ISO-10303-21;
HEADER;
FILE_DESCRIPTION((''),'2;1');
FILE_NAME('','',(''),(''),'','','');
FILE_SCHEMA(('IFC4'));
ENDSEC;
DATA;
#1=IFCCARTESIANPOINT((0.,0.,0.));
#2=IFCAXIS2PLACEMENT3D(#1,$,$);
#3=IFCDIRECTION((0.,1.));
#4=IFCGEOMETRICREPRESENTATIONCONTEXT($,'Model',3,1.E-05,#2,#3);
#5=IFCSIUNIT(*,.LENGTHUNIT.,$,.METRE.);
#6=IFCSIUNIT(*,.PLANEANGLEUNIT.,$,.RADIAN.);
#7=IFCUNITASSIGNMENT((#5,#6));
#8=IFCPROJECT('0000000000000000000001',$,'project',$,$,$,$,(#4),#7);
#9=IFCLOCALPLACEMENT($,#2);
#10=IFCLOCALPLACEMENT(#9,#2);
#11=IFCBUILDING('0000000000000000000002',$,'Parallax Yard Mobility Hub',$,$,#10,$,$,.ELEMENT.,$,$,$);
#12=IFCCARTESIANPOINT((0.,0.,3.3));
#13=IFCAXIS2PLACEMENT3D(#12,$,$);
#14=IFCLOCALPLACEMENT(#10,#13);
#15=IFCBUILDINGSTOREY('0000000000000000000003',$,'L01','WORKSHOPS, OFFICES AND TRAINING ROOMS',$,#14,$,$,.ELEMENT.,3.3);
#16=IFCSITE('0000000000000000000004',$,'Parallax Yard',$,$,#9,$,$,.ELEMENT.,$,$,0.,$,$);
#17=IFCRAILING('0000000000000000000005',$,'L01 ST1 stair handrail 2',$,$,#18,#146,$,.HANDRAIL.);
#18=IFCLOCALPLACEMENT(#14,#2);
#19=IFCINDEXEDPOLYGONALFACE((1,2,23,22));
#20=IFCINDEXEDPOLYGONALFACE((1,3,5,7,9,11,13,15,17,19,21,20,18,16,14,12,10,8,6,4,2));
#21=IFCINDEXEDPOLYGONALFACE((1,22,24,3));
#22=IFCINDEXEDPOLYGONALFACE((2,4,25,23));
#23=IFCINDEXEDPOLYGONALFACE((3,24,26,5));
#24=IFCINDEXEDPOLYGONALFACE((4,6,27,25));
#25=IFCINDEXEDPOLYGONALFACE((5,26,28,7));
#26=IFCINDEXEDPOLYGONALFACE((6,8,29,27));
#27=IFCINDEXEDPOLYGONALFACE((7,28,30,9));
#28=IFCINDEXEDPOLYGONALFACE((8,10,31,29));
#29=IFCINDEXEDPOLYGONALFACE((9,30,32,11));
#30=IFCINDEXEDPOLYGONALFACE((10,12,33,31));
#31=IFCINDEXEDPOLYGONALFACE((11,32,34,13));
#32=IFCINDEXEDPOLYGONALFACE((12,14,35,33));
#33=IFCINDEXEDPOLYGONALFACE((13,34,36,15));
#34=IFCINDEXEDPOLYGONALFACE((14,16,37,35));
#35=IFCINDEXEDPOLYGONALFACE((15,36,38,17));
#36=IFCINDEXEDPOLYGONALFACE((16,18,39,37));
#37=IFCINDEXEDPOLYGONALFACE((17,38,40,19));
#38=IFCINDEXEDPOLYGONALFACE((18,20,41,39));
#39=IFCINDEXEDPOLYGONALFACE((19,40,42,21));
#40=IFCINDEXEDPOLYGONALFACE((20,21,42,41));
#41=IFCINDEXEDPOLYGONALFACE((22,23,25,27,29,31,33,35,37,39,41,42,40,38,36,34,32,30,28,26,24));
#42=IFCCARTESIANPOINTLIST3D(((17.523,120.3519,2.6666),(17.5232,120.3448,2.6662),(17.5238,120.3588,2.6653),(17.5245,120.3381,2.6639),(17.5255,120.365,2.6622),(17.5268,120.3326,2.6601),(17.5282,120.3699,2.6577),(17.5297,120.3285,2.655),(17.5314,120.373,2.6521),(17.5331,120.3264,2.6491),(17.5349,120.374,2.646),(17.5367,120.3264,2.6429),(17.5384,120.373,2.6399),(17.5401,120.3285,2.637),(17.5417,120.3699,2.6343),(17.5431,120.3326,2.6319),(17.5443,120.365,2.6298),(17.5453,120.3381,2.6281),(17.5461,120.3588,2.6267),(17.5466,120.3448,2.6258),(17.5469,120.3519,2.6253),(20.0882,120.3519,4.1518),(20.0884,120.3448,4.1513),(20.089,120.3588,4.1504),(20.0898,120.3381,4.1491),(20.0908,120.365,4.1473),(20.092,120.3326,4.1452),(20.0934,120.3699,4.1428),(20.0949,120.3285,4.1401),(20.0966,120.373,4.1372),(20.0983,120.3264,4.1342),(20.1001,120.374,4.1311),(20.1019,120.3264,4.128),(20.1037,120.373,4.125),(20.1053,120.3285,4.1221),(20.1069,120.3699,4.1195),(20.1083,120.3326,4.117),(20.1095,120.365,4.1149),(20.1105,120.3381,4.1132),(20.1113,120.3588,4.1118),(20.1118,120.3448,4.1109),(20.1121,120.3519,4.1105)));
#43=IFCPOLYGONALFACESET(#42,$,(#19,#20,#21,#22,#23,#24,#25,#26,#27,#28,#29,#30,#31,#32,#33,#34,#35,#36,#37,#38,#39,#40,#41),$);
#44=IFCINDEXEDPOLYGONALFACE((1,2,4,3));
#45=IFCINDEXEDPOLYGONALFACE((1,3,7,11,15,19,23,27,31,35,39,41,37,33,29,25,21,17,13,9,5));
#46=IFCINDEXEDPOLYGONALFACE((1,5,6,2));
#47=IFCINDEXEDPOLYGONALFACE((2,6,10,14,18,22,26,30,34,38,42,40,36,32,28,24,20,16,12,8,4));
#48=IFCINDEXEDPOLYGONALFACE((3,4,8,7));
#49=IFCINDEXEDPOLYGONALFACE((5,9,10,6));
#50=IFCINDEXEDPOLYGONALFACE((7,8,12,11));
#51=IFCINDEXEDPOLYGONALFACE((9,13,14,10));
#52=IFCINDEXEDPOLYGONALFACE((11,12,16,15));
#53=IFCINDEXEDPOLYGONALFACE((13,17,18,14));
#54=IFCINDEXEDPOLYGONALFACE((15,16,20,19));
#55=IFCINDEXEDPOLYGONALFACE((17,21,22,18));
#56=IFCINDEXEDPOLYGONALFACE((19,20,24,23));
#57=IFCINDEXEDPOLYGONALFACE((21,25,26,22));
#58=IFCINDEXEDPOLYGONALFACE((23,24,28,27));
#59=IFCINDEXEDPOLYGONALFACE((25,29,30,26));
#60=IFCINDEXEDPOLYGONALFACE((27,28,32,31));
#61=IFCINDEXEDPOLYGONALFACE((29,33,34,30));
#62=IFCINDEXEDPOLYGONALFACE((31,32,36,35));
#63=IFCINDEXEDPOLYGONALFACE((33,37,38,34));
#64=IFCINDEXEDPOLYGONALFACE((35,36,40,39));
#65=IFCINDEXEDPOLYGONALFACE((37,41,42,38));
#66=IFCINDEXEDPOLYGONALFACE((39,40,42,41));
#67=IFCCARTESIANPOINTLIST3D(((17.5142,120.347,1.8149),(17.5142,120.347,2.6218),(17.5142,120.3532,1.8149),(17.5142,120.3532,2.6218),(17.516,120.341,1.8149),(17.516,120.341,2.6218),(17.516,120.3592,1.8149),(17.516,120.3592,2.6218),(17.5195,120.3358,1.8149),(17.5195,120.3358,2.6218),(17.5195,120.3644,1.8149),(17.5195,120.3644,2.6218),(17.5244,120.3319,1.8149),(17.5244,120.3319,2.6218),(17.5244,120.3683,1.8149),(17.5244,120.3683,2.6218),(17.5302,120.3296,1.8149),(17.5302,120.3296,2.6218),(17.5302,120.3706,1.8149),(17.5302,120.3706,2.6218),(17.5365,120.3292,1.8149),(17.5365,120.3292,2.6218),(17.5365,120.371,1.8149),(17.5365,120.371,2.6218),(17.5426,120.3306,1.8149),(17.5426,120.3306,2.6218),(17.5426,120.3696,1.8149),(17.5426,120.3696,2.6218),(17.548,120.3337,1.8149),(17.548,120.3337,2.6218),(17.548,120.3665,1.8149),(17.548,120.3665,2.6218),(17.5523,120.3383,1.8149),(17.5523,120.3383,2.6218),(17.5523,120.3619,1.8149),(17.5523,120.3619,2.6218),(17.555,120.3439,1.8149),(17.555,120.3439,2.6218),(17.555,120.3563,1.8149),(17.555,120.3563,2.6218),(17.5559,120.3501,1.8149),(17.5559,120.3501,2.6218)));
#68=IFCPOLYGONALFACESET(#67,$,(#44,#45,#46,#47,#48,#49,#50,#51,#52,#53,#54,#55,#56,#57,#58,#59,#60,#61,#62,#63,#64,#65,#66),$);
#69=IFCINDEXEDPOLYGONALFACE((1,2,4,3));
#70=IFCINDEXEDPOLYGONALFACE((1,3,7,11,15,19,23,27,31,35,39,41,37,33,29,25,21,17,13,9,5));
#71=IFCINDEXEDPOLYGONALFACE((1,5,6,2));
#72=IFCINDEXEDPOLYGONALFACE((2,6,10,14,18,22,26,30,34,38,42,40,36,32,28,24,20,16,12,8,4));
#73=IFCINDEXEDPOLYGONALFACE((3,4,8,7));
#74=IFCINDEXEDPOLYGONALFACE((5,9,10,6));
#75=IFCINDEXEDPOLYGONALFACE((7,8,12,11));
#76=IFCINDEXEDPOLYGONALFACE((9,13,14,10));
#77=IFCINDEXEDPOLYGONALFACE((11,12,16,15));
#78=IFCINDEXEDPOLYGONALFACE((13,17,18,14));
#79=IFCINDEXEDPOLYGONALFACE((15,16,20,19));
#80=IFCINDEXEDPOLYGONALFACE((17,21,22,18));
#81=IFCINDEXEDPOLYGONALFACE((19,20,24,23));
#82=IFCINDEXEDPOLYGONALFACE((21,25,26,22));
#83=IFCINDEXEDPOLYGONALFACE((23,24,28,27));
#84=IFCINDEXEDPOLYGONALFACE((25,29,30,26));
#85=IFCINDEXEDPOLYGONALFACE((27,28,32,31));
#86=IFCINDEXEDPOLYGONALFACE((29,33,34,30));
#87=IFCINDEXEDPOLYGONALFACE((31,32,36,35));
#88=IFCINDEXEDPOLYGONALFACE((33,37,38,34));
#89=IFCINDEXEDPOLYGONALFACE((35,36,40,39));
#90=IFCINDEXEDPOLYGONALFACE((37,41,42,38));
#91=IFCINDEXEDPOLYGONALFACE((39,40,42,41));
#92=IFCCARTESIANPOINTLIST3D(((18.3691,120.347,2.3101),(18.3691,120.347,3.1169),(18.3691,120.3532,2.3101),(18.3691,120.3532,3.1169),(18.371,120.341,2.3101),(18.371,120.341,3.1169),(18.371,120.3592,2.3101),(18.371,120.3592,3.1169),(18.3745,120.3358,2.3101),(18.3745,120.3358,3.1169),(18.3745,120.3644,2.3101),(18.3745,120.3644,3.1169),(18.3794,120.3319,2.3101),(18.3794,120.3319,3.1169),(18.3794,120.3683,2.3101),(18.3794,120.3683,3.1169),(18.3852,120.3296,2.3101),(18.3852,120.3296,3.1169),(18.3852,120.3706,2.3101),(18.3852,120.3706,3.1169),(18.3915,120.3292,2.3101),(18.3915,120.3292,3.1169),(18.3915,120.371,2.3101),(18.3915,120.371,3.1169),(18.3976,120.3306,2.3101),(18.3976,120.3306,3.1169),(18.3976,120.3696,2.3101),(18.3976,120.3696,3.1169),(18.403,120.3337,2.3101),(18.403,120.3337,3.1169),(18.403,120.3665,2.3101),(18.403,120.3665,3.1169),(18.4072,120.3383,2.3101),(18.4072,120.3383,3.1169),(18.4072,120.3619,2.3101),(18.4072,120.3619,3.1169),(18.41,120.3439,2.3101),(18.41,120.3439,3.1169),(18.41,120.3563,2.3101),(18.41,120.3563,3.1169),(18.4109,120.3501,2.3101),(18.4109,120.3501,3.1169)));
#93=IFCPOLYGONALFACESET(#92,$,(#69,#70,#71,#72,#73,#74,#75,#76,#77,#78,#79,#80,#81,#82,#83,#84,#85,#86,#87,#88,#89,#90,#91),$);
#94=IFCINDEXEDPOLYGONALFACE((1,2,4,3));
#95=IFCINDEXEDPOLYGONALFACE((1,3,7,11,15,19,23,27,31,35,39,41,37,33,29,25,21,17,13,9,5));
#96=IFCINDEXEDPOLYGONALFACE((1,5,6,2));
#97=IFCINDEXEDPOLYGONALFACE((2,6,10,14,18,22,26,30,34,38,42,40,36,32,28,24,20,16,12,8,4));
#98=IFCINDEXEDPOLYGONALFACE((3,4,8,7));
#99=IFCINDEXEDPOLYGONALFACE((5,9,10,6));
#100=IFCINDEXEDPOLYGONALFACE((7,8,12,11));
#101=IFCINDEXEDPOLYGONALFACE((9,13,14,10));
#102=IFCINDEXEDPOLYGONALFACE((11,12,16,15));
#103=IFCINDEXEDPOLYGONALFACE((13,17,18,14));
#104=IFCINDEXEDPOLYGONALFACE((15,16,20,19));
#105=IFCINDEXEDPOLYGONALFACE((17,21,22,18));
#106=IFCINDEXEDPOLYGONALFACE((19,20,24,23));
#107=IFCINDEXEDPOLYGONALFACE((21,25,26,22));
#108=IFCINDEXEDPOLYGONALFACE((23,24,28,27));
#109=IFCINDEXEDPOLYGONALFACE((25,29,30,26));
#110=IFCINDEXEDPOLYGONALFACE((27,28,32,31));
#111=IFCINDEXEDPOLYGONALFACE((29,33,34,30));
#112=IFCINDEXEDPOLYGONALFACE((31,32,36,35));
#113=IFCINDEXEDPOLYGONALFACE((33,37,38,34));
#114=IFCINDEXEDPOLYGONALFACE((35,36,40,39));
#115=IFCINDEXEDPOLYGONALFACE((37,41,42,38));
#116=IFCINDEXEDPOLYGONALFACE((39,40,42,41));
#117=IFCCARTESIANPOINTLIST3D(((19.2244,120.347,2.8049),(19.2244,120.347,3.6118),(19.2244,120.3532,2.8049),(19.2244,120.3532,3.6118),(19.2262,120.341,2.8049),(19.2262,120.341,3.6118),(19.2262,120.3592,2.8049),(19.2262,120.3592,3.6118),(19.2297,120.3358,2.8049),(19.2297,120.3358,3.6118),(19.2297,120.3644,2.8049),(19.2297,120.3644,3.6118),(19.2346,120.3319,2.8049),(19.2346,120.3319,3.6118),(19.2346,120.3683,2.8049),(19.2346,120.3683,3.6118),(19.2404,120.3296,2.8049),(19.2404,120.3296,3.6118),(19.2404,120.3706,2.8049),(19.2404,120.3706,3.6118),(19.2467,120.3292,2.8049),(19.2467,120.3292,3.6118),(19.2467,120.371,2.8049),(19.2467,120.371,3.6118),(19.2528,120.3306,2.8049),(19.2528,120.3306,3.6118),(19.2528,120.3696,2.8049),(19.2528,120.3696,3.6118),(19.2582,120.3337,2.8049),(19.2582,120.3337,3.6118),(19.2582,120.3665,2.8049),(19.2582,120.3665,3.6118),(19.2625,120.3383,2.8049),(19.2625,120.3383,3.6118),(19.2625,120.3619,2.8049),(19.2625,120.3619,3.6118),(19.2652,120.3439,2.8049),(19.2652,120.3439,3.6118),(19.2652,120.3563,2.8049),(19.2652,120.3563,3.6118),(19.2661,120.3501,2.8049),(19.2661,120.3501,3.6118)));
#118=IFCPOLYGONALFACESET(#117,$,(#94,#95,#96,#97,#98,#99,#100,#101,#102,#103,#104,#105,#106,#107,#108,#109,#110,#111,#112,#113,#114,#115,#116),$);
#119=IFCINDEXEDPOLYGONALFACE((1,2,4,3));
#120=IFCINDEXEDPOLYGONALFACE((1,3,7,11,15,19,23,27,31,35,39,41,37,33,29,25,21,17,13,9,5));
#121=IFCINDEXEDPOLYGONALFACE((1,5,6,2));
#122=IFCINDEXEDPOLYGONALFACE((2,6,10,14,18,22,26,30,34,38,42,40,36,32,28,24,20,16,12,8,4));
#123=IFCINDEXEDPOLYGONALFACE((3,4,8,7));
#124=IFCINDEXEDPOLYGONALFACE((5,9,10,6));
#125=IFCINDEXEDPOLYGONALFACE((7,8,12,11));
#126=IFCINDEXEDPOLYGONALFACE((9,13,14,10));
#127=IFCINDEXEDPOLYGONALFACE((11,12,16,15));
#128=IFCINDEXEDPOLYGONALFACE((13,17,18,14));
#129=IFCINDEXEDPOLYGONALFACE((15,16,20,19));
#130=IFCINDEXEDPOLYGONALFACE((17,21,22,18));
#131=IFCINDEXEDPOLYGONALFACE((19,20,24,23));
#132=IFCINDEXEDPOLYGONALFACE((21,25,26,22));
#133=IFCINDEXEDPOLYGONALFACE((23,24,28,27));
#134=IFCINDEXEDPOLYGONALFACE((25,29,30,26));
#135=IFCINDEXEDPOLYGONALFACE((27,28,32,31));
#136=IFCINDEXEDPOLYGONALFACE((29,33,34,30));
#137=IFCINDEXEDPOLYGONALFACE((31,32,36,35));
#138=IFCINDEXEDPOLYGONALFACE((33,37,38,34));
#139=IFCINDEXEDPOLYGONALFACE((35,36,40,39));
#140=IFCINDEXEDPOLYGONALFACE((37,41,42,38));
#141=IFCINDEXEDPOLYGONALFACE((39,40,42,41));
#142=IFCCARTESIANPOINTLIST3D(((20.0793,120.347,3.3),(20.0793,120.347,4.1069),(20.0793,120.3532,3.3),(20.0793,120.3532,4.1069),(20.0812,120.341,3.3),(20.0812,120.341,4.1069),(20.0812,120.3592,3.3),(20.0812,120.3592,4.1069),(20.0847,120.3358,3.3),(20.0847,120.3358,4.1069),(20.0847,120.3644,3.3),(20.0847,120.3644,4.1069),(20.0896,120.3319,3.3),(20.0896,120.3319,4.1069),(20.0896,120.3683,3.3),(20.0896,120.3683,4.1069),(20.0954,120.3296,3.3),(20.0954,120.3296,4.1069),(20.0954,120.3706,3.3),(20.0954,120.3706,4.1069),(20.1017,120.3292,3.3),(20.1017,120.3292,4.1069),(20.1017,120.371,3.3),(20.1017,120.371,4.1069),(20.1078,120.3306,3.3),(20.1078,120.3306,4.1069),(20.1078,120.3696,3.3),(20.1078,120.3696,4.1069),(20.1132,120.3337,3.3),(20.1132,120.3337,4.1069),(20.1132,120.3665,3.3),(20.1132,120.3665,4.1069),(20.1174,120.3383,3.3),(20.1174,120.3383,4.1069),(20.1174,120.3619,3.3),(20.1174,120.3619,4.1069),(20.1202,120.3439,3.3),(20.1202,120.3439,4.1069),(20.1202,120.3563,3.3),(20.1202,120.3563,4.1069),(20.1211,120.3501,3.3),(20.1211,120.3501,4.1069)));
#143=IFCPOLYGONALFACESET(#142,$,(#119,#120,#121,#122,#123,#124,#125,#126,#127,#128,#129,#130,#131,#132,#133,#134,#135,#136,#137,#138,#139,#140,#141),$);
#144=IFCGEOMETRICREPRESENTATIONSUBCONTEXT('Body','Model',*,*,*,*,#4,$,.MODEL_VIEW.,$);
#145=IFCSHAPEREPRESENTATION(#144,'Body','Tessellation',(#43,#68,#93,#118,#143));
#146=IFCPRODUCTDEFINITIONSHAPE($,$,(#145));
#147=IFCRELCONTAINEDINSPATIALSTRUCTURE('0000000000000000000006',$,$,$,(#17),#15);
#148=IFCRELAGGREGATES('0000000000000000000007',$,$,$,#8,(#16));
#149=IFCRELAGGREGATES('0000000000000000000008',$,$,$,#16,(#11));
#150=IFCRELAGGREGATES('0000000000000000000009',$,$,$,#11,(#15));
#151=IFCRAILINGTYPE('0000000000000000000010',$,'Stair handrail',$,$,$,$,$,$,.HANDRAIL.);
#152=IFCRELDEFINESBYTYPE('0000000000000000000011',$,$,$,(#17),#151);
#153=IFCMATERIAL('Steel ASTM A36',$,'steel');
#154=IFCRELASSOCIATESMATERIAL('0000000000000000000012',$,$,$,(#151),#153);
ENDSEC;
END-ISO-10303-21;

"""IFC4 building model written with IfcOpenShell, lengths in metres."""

from ifc_helpers import new_model, si_unit, direction, frame, origin, origin_2d, place, context, subcontext, project, spatial, circle, extrude, material, type_object, element, save


model = new_model("IFC4")

# Units and contexts
model_context = context("Model", 3, precision=1e-05, world=origin(), true_north=direction((0.0, 1.0)))
body_context = subcontext(model_context, "Body", "Model", "MODEL_VIEW")
ifc_project = project(units=[si_unit("LENGTHUNIT", "METRE"), si_unit("PLANEANGLEUNIT", "RADIAN")], contexts=[model_context])

# Site, building, storey
site_placement = place(None, origin())
site = spatial("IfcSite", under=ifc_project, at=site_placement, Name="Parallax Yard", CompositionType="ELEMENT", RefElevation=0.0)
building_placement = place(site_placement, origin())
building = spatial("IfcBuilding", under=site, at=building_placement, Name="Parallax Yard Mobility Hub", CompositionType="ELEMENT")
storey_placement = place(building_placement, frame((0.0, 0.0, 3.3)))
storey = spatial("IfcBuildingStorey", under=building, at=storey_placement, Name="L01", Description="WORKSHOPS, OFFICES AND TRAINING ROOMS", CompositionType="ELEMENT", Elevation=3.3)

# Railing
ifc_material_1 = material(Name="Steel ASTM A36", Category="steel")
railing_type_1 = type_object("IfcRailingType", Name="Stair handrail", PredefinedType="HANDRAIL", material=ifc_material_1)
railing_1_placement = place(storey_placement, frame((17.5349, 120.3501, 1.8149)))
element("IfcRailing", 1, at=railing_1_placement, inside=storey, type_object=railing_type_1, Name="L01 ST1 stair handrail 2", PredefinedType="HANDRAIL", context=body_context, shape_type="SweptSolid", body=[
    extrude(circle(Radius=0.0239, at=origin_2d()), frame((0.0, 0.0, 0.8311), z_axis=(0.865426, 0.0, 0.501036), x_axis=(0.0, 1.0, 0.0)), (0.0, 0.0, 1.0), 2.9641),
    extrude(circle(Radius=0.021, at=origin_2d()), origin(), (0.0, 0.0, 1.0), 0.8069),
    extrude(circle(Radius=0.021, at=origin_2d()), frame((0.855, 0.0, 0.4951)), (0.0, 0.0, 1.0), 0.8069),
    extrude(circle(Radius=0.021, at=origin_2d()), frame((1.7102, 0.0, 0.99)), (0.0, 0.0, 1.0), 0.8069),
    extrude(circle(Radius=0.021, at=origin_2d()), frame((2.5652, 0.0, 1.4851)), (0.0, 0.0, 1.0), 0.8069),
])

save(model, "model.ifc")
